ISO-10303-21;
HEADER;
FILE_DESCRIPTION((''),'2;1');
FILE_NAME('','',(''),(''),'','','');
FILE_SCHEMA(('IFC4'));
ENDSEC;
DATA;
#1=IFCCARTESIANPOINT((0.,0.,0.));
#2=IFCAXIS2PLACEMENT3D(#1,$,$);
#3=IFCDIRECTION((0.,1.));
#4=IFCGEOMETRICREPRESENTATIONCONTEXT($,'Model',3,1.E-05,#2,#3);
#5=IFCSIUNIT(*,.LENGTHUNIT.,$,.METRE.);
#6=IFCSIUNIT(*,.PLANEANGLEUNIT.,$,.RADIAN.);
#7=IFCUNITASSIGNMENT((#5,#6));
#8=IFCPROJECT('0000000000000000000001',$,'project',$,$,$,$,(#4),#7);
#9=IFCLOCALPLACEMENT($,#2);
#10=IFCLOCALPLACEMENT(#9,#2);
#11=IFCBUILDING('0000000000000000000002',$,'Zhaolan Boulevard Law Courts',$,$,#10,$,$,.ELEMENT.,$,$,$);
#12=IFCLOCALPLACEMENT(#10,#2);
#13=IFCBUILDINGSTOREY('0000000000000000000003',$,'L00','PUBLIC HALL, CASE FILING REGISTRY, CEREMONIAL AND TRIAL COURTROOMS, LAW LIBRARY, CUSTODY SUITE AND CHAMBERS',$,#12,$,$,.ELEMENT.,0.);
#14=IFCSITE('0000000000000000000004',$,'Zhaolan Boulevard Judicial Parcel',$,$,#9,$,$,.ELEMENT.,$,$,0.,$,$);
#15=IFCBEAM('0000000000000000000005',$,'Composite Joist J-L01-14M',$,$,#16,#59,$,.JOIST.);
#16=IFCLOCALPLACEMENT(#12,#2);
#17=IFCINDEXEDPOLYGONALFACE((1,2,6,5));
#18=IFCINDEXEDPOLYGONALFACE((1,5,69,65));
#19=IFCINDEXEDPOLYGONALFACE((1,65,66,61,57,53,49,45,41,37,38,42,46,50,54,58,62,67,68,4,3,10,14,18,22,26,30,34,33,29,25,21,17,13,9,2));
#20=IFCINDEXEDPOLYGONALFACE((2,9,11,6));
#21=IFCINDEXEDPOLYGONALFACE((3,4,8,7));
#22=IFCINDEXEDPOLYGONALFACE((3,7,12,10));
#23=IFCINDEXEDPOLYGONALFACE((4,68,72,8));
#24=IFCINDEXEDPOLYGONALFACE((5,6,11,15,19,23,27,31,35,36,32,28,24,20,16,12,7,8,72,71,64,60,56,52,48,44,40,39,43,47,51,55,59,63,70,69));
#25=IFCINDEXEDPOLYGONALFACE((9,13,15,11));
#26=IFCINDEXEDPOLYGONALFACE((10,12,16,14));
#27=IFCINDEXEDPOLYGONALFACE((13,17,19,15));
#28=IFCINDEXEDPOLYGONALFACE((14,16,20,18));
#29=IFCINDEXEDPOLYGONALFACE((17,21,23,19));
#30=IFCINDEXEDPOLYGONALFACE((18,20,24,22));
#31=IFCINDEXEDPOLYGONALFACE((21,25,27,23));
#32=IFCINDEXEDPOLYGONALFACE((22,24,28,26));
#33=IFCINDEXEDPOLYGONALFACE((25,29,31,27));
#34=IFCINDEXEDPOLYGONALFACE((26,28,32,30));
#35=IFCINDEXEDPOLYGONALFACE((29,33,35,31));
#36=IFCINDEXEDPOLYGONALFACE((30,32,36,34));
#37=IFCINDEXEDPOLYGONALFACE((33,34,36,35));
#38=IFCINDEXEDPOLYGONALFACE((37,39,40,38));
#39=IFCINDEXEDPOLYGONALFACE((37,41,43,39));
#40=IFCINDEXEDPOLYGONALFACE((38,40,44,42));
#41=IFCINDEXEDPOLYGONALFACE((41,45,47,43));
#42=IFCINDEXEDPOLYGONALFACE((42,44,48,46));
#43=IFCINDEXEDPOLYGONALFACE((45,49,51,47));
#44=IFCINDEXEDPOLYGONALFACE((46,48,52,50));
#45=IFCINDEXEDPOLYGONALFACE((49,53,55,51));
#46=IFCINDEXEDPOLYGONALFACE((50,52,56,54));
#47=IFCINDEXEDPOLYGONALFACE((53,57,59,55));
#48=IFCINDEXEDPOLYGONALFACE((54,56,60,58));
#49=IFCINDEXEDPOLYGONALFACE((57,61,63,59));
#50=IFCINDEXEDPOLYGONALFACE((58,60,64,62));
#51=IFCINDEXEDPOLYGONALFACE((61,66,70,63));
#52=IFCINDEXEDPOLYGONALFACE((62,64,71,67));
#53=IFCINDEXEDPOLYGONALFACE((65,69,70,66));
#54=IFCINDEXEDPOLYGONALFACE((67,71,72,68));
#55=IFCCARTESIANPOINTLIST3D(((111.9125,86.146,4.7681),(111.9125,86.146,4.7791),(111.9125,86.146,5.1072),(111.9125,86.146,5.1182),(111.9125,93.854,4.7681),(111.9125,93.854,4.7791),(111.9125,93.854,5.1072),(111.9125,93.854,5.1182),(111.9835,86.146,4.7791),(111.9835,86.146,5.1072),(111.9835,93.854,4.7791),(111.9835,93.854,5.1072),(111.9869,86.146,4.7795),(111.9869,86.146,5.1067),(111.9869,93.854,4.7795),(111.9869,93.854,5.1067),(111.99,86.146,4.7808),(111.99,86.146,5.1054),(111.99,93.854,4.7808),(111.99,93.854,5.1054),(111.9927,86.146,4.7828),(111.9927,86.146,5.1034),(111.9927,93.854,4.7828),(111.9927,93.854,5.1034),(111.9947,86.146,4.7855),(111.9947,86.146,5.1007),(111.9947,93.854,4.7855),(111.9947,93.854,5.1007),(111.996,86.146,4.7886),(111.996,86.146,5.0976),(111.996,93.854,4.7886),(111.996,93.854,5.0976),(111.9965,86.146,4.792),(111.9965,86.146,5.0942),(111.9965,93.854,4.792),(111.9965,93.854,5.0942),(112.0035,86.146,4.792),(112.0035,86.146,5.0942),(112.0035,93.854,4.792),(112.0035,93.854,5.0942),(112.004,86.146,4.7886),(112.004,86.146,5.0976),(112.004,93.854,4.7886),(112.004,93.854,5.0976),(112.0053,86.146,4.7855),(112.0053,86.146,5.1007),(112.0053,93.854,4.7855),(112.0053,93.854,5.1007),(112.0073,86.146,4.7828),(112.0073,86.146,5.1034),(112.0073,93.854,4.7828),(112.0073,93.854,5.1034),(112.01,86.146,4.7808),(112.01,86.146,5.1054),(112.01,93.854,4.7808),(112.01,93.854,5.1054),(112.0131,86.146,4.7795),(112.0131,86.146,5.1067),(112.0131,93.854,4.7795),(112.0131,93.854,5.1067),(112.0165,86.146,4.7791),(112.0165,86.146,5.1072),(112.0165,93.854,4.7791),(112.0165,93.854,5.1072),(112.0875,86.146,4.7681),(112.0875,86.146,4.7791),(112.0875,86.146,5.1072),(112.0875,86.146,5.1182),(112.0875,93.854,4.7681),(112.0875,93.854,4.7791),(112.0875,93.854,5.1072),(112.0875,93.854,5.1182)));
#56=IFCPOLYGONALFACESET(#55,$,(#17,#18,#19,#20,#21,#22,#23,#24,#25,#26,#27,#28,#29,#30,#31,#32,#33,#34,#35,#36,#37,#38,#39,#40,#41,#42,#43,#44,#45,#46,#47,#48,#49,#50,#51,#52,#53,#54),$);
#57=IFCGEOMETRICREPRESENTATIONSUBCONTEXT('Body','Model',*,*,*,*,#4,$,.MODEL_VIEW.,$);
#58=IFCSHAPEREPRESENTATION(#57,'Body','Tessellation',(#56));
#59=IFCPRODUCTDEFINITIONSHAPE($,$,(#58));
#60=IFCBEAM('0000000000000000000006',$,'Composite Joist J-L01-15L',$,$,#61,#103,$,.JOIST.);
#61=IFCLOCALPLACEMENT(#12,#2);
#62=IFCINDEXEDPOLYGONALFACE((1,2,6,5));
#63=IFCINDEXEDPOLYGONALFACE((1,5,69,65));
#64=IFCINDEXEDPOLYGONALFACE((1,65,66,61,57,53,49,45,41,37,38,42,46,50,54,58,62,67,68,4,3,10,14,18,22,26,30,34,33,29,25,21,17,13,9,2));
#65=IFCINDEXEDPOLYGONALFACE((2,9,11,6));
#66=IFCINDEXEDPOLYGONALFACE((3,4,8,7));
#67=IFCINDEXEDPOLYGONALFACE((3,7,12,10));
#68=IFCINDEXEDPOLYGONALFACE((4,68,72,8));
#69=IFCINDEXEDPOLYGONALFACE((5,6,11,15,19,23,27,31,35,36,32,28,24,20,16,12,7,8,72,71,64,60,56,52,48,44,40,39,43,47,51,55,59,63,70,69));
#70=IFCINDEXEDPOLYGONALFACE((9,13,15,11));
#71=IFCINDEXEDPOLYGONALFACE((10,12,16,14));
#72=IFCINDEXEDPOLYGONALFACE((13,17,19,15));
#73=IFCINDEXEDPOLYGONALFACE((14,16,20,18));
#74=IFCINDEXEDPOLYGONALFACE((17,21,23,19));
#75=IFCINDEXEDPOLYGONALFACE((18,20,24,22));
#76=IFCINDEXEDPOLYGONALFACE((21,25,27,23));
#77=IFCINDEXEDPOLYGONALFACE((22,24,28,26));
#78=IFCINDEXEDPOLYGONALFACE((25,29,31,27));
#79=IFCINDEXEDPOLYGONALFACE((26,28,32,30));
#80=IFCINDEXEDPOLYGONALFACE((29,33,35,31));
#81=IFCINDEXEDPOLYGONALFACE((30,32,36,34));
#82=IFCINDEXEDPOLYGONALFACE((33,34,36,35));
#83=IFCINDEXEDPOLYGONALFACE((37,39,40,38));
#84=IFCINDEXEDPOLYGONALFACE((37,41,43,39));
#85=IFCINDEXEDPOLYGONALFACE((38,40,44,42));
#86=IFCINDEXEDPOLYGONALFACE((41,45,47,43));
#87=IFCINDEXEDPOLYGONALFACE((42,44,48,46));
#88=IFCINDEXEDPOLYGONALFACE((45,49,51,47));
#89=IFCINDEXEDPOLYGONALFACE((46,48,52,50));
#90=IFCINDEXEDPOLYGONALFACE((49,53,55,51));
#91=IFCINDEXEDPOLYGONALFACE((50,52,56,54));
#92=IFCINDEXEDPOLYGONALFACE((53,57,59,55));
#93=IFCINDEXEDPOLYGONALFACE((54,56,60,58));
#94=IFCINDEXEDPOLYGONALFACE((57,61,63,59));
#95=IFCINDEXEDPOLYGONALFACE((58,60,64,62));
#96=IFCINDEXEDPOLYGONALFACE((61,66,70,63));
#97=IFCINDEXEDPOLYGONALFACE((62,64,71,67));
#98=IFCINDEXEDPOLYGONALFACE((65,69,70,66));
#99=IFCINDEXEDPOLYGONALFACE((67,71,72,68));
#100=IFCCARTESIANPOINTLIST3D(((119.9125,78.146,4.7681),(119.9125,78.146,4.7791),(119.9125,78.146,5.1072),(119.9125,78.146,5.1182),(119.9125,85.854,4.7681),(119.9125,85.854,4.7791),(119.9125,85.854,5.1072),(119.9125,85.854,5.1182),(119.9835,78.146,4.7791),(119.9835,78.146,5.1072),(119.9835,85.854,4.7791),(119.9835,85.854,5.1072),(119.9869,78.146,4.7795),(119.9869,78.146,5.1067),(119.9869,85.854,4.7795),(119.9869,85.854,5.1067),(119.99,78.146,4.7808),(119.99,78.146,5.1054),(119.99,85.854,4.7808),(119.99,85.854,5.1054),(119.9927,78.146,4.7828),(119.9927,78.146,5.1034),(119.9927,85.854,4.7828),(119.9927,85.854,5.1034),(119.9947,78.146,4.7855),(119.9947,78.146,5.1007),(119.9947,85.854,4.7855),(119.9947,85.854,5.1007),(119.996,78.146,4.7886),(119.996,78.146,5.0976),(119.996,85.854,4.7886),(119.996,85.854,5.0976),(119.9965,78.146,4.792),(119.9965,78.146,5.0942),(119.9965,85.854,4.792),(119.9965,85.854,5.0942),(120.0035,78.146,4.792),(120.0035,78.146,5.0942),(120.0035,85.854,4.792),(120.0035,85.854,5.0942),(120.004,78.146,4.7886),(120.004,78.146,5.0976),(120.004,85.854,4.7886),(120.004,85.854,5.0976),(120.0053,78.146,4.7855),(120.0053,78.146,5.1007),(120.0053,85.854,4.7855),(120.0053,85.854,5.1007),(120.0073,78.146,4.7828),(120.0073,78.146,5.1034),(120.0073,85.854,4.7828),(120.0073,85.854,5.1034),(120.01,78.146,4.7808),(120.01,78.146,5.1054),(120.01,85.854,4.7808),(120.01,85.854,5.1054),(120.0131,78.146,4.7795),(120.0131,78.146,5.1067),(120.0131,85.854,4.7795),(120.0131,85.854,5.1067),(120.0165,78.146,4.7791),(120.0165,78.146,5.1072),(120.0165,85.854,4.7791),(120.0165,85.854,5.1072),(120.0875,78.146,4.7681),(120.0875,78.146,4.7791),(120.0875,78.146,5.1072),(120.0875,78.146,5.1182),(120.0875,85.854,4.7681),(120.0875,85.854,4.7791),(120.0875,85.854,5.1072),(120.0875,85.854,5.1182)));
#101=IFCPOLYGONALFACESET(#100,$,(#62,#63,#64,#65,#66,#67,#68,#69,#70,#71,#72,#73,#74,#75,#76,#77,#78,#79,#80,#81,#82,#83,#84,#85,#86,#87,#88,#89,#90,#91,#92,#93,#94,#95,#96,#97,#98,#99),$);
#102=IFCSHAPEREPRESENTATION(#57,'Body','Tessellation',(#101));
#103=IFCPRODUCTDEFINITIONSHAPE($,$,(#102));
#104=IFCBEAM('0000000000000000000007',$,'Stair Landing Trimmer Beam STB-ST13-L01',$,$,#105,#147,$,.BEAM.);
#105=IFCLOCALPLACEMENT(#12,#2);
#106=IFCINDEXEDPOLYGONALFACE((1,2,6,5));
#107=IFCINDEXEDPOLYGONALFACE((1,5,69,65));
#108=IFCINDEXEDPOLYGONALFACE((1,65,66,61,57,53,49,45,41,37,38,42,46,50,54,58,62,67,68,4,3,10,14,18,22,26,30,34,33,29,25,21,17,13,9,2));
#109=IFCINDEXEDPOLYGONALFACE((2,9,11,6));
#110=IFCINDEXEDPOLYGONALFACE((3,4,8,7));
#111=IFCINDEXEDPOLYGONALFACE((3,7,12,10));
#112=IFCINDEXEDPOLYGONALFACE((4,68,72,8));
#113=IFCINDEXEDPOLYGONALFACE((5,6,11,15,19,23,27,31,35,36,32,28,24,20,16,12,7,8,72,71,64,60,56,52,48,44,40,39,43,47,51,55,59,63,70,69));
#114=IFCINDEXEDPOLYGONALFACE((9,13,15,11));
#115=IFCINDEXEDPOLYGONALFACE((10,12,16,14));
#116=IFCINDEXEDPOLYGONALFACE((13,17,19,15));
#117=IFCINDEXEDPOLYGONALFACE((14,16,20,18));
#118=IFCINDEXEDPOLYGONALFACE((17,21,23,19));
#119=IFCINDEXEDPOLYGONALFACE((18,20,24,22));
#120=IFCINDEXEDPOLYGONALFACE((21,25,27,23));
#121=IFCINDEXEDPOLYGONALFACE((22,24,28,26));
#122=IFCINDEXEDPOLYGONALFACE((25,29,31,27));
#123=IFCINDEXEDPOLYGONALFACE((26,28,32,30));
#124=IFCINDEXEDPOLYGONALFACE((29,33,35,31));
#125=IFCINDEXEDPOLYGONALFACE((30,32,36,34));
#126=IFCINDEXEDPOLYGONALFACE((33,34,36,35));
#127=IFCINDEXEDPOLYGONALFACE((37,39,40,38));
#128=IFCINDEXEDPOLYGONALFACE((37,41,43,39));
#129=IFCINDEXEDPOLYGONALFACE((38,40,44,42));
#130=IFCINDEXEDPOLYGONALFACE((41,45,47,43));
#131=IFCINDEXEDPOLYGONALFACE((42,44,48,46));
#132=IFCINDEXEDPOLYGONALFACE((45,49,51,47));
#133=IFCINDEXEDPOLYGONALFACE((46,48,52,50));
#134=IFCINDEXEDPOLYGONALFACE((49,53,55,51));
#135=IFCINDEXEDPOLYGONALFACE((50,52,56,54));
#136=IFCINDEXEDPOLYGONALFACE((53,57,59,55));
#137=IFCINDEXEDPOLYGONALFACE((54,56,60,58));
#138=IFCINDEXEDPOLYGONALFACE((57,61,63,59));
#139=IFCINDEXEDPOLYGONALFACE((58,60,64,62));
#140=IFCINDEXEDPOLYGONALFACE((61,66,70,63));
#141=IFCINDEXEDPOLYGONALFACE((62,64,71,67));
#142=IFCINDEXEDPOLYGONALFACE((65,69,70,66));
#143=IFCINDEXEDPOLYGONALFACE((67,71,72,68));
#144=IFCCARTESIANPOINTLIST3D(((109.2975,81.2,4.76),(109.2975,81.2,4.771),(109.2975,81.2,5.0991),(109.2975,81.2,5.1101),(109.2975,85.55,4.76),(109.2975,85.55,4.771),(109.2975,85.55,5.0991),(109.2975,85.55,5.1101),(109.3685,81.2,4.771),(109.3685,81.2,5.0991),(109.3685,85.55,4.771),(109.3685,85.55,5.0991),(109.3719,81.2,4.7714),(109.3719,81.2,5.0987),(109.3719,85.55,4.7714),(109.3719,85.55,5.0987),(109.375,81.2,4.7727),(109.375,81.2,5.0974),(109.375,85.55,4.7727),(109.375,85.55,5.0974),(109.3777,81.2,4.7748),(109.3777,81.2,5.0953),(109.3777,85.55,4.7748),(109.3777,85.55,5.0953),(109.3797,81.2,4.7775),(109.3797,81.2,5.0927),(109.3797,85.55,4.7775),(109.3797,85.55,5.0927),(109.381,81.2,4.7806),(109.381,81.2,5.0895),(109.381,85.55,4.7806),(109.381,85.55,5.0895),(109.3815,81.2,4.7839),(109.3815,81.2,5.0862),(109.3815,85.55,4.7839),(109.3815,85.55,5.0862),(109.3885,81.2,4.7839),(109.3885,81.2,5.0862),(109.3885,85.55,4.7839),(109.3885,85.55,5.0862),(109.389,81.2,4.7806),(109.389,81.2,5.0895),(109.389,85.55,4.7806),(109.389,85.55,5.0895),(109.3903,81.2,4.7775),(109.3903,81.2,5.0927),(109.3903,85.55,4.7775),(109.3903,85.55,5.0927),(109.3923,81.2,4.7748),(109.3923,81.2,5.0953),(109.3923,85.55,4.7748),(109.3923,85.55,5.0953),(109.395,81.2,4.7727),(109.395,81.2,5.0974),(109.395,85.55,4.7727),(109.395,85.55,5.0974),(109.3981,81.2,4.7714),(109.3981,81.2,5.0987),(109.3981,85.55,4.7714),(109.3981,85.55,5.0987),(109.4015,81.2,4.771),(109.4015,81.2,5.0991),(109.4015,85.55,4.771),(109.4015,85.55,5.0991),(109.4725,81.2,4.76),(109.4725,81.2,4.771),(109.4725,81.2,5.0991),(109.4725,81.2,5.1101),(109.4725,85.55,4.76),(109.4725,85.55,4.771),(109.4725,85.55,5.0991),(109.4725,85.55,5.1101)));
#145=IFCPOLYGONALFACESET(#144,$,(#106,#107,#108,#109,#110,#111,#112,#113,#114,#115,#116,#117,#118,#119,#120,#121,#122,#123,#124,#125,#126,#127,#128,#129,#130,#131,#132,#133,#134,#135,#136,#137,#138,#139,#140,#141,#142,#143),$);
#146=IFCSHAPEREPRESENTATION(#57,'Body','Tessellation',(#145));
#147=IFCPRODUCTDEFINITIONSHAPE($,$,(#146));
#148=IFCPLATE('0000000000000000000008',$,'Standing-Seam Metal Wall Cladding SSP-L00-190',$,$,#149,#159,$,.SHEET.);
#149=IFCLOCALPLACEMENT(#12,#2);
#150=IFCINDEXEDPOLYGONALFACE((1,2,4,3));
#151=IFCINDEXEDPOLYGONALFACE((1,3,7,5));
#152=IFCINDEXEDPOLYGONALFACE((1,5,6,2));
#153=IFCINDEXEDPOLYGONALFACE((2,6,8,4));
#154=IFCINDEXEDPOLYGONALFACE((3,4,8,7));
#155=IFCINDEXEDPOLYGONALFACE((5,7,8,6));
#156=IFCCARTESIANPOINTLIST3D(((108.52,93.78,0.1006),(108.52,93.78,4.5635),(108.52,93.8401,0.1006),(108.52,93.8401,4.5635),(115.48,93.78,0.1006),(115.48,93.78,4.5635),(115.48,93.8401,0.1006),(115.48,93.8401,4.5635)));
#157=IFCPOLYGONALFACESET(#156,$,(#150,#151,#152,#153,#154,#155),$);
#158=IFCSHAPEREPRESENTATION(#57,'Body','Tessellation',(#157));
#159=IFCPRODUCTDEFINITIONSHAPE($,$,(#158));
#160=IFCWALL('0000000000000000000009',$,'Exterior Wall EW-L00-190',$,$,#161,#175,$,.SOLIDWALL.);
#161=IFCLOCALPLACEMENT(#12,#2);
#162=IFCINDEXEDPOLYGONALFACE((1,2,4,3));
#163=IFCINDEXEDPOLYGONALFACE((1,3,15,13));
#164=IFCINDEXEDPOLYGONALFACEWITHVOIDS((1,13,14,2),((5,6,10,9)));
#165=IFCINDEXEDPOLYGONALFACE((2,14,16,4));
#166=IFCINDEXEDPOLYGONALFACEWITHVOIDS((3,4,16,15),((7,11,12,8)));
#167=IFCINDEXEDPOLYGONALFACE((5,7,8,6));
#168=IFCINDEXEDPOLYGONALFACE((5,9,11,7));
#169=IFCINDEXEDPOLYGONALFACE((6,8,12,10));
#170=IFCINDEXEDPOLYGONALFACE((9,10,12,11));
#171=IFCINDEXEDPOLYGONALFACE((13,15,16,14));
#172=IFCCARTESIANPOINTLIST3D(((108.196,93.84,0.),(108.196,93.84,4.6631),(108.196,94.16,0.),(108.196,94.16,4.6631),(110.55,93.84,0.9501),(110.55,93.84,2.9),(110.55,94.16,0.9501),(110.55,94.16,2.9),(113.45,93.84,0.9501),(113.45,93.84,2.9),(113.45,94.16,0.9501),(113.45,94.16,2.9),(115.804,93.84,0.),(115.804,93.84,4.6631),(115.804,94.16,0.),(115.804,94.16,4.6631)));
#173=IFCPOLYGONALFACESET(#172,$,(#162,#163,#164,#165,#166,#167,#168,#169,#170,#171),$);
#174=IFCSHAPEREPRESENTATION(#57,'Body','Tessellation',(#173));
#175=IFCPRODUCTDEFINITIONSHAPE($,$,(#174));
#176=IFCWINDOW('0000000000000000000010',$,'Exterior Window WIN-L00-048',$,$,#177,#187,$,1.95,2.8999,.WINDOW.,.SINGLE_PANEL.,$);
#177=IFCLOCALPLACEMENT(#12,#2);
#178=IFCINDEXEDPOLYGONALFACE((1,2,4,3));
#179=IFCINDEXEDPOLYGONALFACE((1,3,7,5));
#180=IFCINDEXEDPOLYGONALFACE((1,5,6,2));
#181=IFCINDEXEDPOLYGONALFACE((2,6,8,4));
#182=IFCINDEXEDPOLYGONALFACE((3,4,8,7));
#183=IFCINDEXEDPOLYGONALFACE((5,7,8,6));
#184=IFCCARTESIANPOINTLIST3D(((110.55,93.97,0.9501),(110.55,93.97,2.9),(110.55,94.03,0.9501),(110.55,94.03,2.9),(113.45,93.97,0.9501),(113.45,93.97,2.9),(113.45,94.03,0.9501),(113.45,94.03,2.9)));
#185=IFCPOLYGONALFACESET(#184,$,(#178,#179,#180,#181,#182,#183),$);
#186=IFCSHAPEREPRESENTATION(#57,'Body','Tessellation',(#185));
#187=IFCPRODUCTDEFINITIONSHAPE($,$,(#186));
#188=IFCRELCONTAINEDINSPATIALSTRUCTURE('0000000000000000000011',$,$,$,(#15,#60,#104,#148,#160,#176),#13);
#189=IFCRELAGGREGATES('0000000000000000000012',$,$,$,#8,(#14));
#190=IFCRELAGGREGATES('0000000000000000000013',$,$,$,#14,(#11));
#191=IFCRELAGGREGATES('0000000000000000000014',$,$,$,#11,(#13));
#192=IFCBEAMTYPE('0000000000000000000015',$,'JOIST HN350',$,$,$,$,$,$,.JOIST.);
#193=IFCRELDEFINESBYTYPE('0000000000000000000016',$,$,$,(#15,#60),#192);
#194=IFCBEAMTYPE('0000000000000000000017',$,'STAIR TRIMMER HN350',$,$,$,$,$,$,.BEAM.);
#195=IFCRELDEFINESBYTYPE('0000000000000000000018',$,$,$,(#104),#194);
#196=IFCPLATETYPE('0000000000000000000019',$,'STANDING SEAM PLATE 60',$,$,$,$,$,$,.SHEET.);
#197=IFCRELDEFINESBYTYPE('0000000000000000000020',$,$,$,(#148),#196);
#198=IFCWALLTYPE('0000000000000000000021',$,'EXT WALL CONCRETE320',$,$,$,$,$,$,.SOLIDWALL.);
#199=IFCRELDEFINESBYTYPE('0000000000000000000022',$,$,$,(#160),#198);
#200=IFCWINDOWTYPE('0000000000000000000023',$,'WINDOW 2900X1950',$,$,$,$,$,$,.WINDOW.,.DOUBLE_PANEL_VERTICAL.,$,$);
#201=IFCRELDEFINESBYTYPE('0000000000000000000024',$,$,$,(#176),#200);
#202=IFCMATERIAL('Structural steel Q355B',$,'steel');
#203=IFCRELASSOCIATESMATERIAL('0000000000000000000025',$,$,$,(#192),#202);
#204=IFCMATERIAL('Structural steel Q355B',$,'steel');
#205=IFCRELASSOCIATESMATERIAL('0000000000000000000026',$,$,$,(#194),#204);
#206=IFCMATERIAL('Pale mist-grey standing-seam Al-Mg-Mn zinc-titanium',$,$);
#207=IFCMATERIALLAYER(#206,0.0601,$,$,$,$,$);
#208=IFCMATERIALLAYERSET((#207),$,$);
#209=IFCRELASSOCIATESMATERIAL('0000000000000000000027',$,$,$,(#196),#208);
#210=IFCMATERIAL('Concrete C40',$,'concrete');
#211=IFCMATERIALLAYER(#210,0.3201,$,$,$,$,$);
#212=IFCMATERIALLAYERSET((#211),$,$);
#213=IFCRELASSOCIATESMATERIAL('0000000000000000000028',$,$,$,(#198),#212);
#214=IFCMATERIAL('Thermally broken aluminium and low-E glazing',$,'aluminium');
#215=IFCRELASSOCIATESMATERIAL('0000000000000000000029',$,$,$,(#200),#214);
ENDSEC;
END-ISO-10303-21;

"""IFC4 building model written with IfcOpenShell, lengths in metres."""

from ifc_helpers import new_model, si_unit, direction, frame, frame_2d, origin, origin_2d, place, context, subcontext, project, spatial, rectangle, i_section, extrude, material, layer, layer_set, material_profile, profile_set, type_object, element, fill, save


model = new_model("IFC4")

# Units and contexts
model_context = context("Model", 3, precision=1e-05, world=origin(), true_north=direction((0.0, 1.0)))
body_context = subcontext(model_context, "Body", "Model", "MODEL_VIEW")
ifc_project = project(units=[si_unit("LENGTHUNIT", "METRE"), si_unit("PLANEANGLEUNIT", "RADIAN")], contexts=[model_context])

# Site, building, storey
site_placement = place(None, origin())
site = spatial("IfcSite", under=ifc_project, at=site_placement, Name="Zhaolan Boulevard Judicial Parcel", CompositionType="ELEMENT", RefElevation=0.0)
building_placement = place(site_placement, origin())
building = spatial("IfcBuilding", under=site, at=building_placement, Name="Zhaolan Boulevard Law Courts", CompositionType="ELEMENT")
storey_placement = place(building_placement, origin())
storey = spatial("IfcBuildingStorey", under=building, at=storey_placement, Name="L00", Description="PUBLIC HALL, CASE FILING REGISTRY, CEREMONIAL AND TRIAL COURTROOMS, LAW LIBRARY, CUSTODY SUITE AND CHAMBERS", CompositionType="ELEMENT", Elevation=0.0)

# Beams
ifc_material_1 = material(Name="Structural steel Q355B", Category="steel")
ifc_material_profile_1 = material_profile(ifc_material_1, i_section(OverallWidth=0.175, OverallDepth=0.3501, WebThickness=0.0071, FlangeThickness=0.011, FilletRadius=0.0129, at=origin_2d()), Name="HN350x175")
ifc_profile_set_1 = profile_set([ifc_material_profile_1], Name="Structural steel Q355B")
beam_type_1 = type_object("IfcBeamType", Name="JOIST HN350", PredefinedType="JOIST", material=ifc_profile_set_1)
for number, where, z_axis, x_axis, name in (
    (1, (112.0, 86.146, 4.9431), (0.0, 1.0, 0.0), (-1.0, 0.0, 0.0), "Composite Joist J-L01-14M"),
    (2, (120.0, 78.146, 4.9431), (0.0, 1.0, 0.0), (-1.0, 0.0, 0.0), "Composite Joist J-L01-15L"),
):
    element("IfcBeam", number, at=place(storey_placement, frame(where, z_axis=z_axis, x_axis=x_axis)), inside=storey, type_object=beam_type_1, Name=name, PredefinedType="JOIST", context=body_context, shape_type="SweptSolid", body=[
        extrude(i_section(OverallWidth=0.175, OverallDepth=0.3501, WebThickness=0.0071, FlangeThickness=0.011, FilletRadius=0.0129, at=origin_2d()), origin(), (0.0, 0.0, 1.0), 7.708),
    ])
ifc_material_2 = material(Name="Structural steel Q355B", Category="steel")
ifc_material_profile_2 = material_profile(ifc_material_2, i_section(OverallWidth=0.175, OverallDepth=0.3501, WebThickness=0.0071, FlangeThickness=0.011, FilletRadius=0.0129, at=origin_2d()), Name="HN350x175")
ifc_profile_set_2 = profile_set([ifc_material_profile_2], Name="Structural steel Q355B")
beam_type_2 = type_object("IfcBeamType", Name="STAIR TRIMMER HN350", PredefinedType="BEAM", material=ifc_profile_set_2)
beam_1_placement = place(storey_placement, frame((109.385, 81.2, 4.9351), z_axis=(0.0, 1.0, 0.0), x_axis=(-1.0, 0.0, 0.0)))
element("IfcBeam", 3, at=beam_1_placement, inside=storey, type_object=beam_type_2, Name="Stair Landing Trimmer Beam STB-ST13-L01", PredefinedType="BEAM", context=body_context, shape_type="SweptSolid", body=[
    extrude(i_section(OverallWidth=0.175, OverallDepth=0.3501, WebThickness=0.0071, FlangeThickness=0.011, FilletRadius=0.0129, at=origin_2d()), origin(), (0.0, 0.0, 1.0), 4.3501),
])

# Plate
ifc_material_3 = material(Name="Pale mist-grey standing-seam Al-Mg-Mn zinc-titanium")
ifc_layer_1 = layer(ifc_material_3, 0.0601)
ifc_layer_set_1 = layer_set([ifc_layer_1])
plate_type = type_object("IfcPlateType", Name="STANDING SEAM PLATE 60", PredefinedType="SHEET", material=ifc_layer_set_1)
plate_placement = place(storey_placement, frame((112.0, 93.8101, 0.1006), z_axis=(0.0, 0.0, 1.0), x_axis=(-1.0, 0.0, 0.0)))
element("IfcPlate", 4, at=plate_placement, inside=storey, type_object=plate_type, Name="Standing-Seam Metal Wall Cladding SSP-L00-190", PredefinedType="SHEET", context=body_context, shape_type="SweptSolid", body=[
    extrude(rectangle(XDim=6.96, YDim=0.0601, at=origin_2d()), origin(), (0.0, 0.0, 1.0), 4.4629),
])

# Wall, opening, window
ifc_material_4 = material(Name="Concrete C40", Category="concrete")
ifc_layer_2 = layer(ifc_material_4, 0.3201)
ifc_layer_set_2 = layer_set([ifc_layer_2])
wall_type_1 = type_object("IfcWallType", Name="EXT WALL CONCRETE320", PredefinedType="SOLIDWALL", material=ifc_layer_set_2)
wall_1_placement = place(storey_placement, frame((115.804, 94.0, 0.0), z_axis=(0.0, 0.0, 1.0), x_axis=(-1.0, 0.0, 0.0)))
wall_1 = element("IfcWall", 5, at=wall_1_placement, inside=storey, type_object=wall_type_1, Name="Exterior Wall EW-L00-190", PredefinedType="SOLIDWALL", context=body_context, shape_type="SweptSolid", body=[
    extrude(rectangle(XDim=7.6079, YDim=0.3201, at=frame_2d((3.804, 0.0))), origin(), (0.0, 0.0, 1.0), 4.6631),
])
opening_1_placement = place(wall_1_placement, frame((2.354, 0.0, 0.95)))
opening_1 = element("IfcOpeningElement", 6, at=opening_1_placement, cuts=wall_1, PredefinedType="OPENING", context=body_context, shape_type="SweptSolid", body=[
    extrude(rectangle(XDim=2.8999, YDim=1.95, at=frame_2d((1.45, 0.9751))), frame((0.0, 0.1699, 0.0), z_axis=(0.0, -1.0, 0.0), x_axis=(1.0, 0.0, 0.0)), (0.0, 0.0, 1.0), 0.3401),
])
ifc_material_5 = material(Name="Thermally broken aluminium and low-E glazing", Category="aluminium")
window_type_1 = type_object("IfcWindowType", Name="WINDOW 2900X1950", PartitioningType="DOUBLE_PANEL_VERTICAL", PredefinedType="WINDOW", material=ifc_material_5)
window_1_placement = place(opening_1_placement, origin())
window_1 = element("IfcWindow", 7, at=window_1_placement, inside=storey, type_object=window_type_1, Name="Exterior Window WIN-L00-048", OverallHeight=1.95, OverallWidth=2.8999, PartitioningType="SINGLE_PANEL", PredefinedType="WINDOW", context=body_context, shape_type="SweptSolid", body=[
    extrude(rectangle(XDim=2.8999, YDim=1.95, at=frame_2d((1.45, 0.9751))), frame((0.0, 0.03, 0.0), z_axis=(0.0, -1.0, 0.0), x_axis=(1.0, 0.0, 0.0)), (0.0, 0.0, 1.0), 0.0601),
])
fill(opening_1, window_1)

save(model, "model.ifc")
